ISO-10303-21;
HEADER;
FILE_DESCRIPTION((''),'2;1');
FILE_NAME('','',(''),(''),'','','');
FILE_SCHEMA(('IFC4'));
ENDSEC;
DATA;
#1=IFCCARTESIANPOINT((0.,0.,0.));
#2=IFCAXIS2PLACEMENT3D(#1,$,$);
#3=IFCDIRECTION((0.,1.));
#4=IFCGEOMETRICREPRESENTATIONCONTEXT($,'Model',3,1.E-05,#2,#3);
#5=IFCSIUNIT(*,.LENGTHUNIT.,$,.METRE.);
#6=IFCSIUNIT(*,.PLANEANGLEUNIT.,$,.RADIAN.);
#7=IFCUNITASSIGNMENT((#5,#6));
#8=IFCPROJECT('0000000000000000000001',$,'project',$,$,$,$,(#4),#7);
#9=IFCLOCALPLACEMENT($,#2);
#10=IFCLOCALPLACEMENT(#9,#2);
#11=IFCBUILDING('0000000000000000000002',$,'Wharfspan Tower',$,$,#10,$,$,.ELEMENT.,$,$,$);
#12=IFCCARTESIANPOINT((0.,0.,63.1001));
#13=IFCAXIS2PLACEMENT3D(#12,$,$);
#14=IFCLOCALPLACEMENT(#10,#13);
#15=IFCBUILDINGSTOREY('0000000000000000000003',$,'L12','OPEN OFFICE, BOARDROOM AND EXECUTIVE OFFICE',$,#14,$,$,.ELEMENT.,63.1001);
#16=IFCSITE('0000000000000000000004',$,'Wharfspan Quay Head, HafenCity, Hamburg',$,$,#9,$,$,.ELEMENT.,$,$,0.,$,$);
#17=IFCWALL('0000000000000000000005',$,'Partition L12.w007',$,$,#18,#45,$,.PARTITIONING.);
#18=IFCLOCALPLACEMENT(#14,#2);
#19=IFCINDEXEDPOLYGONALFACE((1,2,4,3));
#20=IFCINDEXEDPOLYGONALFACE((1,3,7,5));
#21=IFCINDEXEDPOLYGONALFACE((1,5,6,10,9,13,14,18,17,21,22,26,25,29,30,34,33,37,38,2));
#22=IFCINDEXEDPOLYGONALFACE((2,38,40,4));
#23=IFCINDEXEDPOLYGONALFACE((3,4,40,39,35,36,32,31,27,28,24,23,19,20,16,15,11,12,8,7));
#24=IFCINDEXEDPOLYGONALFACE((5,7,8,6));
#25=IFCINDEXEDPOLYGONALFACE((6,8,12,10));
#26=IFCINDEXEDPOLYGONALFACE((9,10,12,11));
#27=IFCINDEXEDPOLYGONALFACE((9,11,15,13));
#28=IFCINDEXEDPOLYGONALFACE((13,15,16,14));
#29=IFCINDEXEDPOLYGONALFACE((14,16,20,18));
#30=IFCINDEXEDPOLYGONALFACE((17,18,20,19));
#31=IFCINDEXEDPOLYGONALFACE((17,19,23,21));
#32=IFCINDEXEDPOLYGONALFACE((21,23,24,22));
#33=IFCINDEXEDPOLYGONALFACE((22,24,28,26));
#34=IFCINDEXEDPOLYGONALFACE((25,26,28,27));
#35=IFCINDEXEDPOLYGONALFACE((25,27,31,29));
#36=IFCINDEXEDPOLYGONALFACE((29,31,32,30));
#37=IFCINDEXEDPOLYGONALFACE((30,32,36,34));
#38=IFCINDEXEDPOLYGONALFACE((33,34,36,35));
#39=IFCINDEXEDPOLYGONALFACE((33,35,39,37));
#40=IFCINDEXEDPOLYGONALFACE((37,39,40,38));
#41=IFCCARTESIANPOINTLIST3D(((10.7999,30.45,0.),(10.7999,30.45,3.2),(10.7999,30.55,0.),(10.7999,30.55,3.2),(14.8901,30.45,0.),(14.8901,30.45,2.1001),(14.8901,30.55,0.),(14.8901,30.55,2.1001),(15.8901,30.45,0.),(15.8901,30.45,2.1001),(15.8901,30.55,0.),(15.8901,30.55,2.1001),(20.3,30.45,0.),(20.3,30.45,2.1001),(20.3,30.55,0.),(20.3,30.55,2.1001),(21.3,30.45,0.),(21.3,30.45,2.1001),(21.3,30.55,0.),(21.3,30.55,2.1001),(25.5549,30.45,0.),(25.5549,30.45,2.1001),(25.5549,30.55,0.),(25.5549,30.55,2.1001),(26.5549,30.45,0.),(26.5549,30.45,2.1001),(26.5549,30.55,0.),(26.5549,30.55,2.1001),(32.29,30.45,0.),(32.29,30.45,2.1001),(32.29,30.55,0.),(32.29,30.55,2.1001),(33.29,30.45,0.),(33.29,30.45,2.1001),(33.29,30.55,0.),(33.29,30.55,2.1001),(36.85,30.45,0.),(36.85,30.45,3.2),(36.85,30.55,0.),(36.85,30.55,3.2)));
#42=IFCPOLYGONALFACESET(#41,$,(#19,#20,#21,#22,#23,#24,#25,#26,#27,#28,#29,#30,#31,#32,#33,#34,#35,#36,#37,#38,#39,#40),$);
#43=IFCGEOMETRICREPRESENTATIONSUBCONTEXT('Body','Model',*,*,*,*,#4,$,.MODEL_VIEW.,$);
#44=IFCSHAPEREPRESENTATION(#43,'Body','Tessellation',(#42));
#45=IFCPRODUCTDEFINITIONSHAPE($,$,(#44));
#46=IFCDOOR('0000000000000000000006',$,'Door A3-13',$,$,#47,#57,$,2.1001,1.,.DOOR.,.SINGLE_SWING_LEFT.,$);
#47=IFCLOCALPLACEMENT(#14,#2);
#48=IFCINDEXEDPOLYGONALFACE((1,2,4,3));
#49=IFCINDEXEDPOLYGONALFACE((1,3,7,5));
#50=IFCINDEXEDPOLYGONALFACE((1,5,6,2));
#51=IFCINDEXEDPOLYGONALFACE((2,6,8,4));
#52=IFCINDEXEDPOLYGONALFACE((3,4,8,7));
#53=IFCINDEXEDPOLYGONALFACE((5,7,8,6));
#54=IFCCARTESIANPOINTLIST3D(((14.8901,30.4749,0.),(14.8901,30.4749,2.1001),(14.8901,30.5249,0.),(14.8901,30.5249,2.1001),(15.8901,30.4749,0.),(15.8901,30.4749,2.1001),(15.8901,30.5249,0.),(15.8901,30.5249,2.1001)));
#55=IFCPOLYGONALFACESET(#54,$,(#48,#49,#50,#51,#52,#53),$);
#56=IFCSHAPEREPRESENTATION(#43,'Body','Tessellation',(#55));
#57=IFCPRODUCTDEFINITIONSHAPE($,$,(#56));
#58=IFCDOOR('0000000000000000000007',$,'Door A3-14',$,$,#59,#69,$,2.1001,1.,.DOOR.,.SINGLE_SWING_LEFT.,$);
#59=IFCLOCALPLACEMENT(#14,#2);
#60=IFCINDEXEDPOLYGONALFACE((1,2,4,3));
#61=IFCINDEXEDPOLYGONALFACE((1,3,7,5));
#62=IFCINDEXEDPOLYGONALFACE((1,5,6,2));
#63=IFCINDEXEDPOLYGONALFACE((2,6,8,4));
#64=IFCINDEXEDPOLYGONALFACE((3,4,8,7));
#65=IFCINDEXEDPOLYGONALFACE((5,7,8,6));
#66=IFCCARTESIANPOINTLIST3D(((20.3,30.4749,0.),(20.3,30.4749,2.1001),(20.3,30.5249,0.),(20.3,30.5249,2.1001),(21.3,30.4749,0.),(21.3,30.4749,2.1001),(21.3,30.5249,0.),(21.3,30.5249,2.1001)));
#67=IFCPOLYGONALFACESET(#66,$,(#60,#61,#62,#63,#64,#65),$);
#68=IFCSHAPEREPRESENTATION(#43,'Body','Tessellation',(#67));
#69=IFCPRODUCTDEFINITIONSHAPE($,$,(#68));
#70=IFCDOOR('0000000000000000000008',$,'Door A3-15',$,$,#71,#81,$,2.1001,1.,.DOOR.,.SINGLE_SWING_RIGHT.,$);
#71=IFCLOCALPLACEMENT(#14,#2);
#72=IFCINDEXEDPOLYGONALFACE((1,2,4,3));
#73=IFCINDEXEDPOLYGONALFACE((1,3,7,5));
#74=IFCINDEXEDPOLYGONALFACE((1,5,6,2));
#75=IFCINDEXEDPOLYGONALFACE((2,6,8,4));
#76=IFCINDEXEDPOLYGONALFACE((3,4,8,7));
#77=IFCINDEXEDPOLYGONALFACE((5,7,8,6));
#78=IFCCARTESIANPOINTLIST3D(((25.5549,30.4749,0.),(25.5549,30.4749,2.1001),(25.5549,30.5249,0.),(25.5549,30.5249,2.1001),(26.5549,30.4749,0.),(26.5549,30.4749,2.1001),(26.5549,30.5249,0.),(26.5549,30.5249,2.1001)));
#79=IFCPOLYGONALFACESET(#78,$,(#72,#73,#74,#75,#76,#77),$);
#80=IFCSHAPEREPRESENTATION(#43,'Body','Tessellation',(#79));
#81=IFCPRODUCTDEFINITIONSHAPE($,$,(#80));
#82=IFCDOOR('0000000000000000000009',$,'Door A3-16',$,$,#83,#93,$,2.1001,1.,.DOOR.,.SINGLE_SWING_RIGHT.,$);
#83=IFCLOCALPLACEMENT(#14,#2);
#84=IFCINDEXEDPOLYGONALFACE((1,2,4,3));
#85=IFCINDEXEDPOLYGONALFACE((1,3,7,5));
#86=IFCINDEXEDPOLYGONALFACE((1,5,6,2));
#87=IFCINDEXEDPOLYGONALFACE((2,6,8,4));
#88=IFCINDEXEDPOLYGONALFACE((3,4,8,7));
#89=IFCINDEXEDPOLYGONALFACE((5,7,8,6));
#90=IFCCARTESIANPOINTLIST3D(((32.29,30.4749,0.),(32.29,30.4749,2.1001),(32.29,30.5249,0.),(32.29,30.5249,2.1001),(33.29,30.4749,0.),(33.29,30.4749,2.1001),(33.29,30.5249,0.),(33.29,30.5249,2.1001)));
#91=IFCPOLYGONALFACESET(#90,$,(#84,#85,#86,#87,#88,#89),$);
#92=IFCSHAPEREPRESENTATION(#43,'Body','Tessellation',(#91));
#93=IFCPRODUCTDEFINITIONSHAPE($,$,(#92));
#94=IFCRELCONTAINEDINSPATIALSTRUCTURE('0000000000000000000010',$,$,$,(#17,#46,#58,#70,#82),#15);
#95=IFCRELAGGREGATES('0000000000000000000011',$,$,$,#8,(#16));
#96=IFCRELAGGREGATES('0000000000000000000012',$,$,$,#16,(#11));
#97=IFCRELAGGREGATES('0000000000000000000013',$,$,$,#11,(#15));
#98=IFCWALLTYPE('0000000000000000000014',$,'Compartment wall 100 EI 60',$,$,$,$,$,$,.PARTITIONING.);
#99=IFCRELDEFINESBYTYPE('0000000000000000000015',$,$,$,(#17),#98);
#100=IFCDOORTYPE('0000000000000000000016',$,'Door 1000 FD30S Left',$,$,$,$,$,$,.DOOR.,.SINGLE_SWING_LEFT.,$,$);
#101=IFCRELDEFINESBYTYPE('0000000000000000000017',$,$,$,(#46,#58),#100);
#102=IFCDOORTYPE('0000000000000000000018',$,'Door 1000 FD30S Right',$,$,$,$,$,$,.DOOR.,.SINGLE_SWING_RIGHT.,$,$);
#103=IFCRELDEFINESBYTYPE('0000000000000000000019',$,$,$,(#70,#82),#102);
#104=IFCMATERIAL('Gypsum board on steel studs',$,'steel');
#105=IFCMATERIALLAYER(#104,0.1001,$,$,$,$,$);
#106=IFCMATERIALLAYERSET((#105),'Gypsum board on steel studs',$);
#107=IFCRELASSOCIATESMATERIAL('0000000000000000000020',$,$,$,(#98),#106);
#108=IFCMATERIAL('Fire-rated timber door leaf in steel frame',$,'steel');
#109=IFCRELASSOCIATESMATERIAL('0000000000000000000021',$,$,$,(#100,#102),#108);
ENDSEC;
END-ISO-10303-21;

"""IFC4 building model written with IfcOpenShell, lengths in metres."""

from ifc_helpers import new_model, si_unit, direction, frame, frame_2d, origin, place, context, subcontext, project, spatial, rectangle, extrude, material, layer, layer_set, type_object, element, fill, save


model = new_model("IFC4")

# Units and contexts
model_context = context("Model", 3, precision=1e-05, world=origin(), true_north=direction((0.0, 1.0)))
body_context = subcontext(model_context, "Body", "Model", "MODEL_VIEW")
ifc_project = project(units=[si_unit("LENGTHUNIT", "METRE"), si_unit("PLANEANGLEUNIT", "RADIAN")], contexts=[model_context])

# Site, building, storey
site_placement = place(None, origin())
site = spatial("IfcSite", under=ifc_project, at=site_placement, Name="Wharfspan Quay Head, HafenCity, Hamburg", CompositionType="ELEMENT", RefElevation=0.0)
building_placement = place(site_placement, origin())
building = spatial("IfcBuilding", under=site, at=building_placement, Name="Wharfspan Tower", CompositionType="ELEMENT")
storey_placement = place(building_placement, frame((0.0, 0.0, 63.1001)))
storey = spatial("IfcBuildingStorey", under=building, at=storey_placement, Name="L12", Description="OPEN OFFICE, BOARDROOM AND EXECUTIVE OFFICE", CompositionType="ELEMENT", Elevation=63.1001)

# Wall, openings, doors
ifc_material_1 = material(Name="Gypsum board on steel studs", Category="steel")
ifc_layer_1 = layer(ifc_material_1, 0.1001)
ifc_layer_set_1 = layer_set([ifc_layer_1], Name="Gypsum board on steel studs")
wall_type_1 = type_object("IfcWallType", Name="Compartment wall 100 EI 60", PredefinedType="PARTITIONING", material=ifc_layer_set_1)
wall_1_placement = place(storey_placement, frame((10.8, 30.5, 0.0), z_axis=(0.0, 0.0, 1.0), x_axis=(1.0, 0.0, 0.0)))
wall_1 = element("IfcWall", 1, at=wall_1_placement, inside=storey, type_object=wall_type_1, Name="Partition L12.w007", PredefinedType="PARTITIONING", context=body_context, shape_type="SweptSolid", body=[
    extrude(rectangle(XDim=26.05, YDim=0.1001, at=frame_2d((13.0249, 0.0))), origin(), (0.0, 0.0, 1.0), 3.2),
])
opening_1_placement = place(wall_1_placement, frame((4.0901, 0.0, 0.0)))
opening_1 = element("IfcOpeningElement", 2, at=opening_1_placement, cuts=wall_1, PredefinedType="OPENING", context=body_context, shape_type="SweptSolid", body=[
    extrude(rectangle(XDim=1.0, YDim=2.1001, at=frame_2d((0.5, 1.05))), frame((0.0, 0.0601, 0.0), z_axis=(0.0, -1.0, 0.0), x_axis=(1.0, 0.0, 0.0)), (0.0, 0.0, 1.0), 0.1201),
])
opening_2_placement = place(wall_1_placement, frame((9.5, 0.0, 0.0)))
opening_2 = element("IfcOpeningElement", 3, at=opening_2_placement, cuts=wall_1, PredefinedType="OPENING", context=body_context, shape_type="SweptSolid", body=[
    extrude(rectangle(XDim=1.0, YDim=2.1001, at=frame_2d((0.5, 1.05))), frame((0.0, 0.0601, 0.0), z_axis=(0.0, -1.0, 0.0), x_axis=(1.0, 0.0, 0.0)), (0.0, 0.0, 1.0), 0.1201),
])
opening_3_placement = place(wall_1_placement, frame((14.7549, 0.0, 0.0)))
opening_3 = element("IfcOpeningElement", 4, at=opening_3_placement, cuts=wall_1, PredefinedType="OPENING", context=body_context, shape_type="SweptSolid", body=[
    extrude(rectangle(XDim=1.0, YDim=2.1001, at=frame_2d((0.5, 1.05))), frame((0.0, 0.0601, 0.0), z_axis=(0.0, -1.0, 0.0), x_axis=(1.0, 0.0, 0.0)), (0.0, 0.0, 1.0), 0.1201),
])
opening_4_placement = place(wall_1_placement, frame((21.49, 0.0, 0.0)))
opening_4 = element("IfcOpeningElement", 5, at=opening_4_placement, cuts=wall_1, PredefinedType="OPENING", context=body_context, shape_type="SweptSolid", body=[
    extrude(rectangle(XDim=1.0, YDim=2.1001, at=frame_2d((0.5, 1.05))), frame((0.0, 0.0601, 0.0), z_axis=(0.0, -1.0, 0.0), x_axis=(1.0, 0.0, 0.0)), (0.0, 0.0, 1.0), 0.1201),
])
ifc_material_2 = material(Name="Fire-rated timber door leaf in steel frame", Category="steel")
door_type_1 = type_object("IfcDoorType", Name="Door 1000 FD30S Left", OperationType="SINGLE_SWING_LEFT", PredefinedType="DOOR", material=ifc_material_2)
door_1_placement = place(opening_1_placement, origin())
door_1 = element("IfcDoor", 6, at=door_1_placement, inside=storey, type_object=door_type_1, Name="Door A3-13", OperationType="SINGLE_SWING_LEFT", OverallHeight=2.1001, OverallWidth=1.0, PredefinedType="DOOR", context=body_context, shape_type="SweptSolid", body=[
    extrude(rectangle(XDim=1.0, YDim=2.1001, at=frame_2d((0.5, 1.05))), frame((0.0, 0.0249, 0.0), z_axis=(0.0, -1.0, 0.0), x_axis=(1.0, 0.0, 0.0)), (0.0, 0.0, 1.0), 0.05),
])
fill(opening_1, door_1)
door_2_placement = place(opening_2_placement, origin())
door_2 = element("IfcDoor", 7, at=door_2_placement, inside=storey, type_object=door_type_1, Name="Door A3-14", OperationType="SINGLE_SWING_LEFT", OverallHeight=2.1001, OverallWidth=1.0, PredefinedType="DOOR", context=body_context, shape_type="SweptSolid", body=[
    extrude(rectangle(XDim=1.0, YDim=2.1001, at=frame_2d((0.5, 1.05))), frame((0.0, 0.0249, 0.0), z_axis=(0.0, -1.0, 0.0), x_axis=(1.0, 0.0, 0.0)), (0.0, 0.0, 1.0), 0.05),
])
fill(opening_2, door_2)
door_type_2 = type_object("IfcDoorType", Name="Door 1000 FD30S Right", OperationType="SINGLE_SWING_RIGHT", PredefinedType="DOOR", material=ifc_material_2)
door_3_placement = place(opening_3_placement, origin())
door_3 = element("IfcDoor", 8, at=door_3_placement, inside=storey, type_object=door_type_2, Name="Door A3-15", OperationType="SINGLE_SWING_RIGHT", OverallHeight=2.1001, OverallWidth=1.0, PredefinedType="DOOR", context=body_context, shape_type="SweptSolid", body=[
    extrude(rectangle(XDim=1.0, YDim=2.1001, at=frame_2d((0.5, 1.05))), frame((0.0, 0.0249, 0.0), z_axis=(0.0, -1.0, 0.0), x_axis=(1.0, 0.0, 0.0)), (0.0, 0.0, 1.0), 0.05),
])
fill(opening_3, door_3)
door_4_placement = place(opening_4_placement, origin())
door_4 = element("IfcDoor", 9, at=door_4_placement, inside=storey, type_object=door_type_2, Name="Door A3-16", OperationType="SINGLE_SWING_RIGHT", OverallHeight=2.1001, OverallWidth=1.0, PredefinedType="DOOR", context=body_context, shape_type="SweptSolid", body=[
    extrude(rectangle(XDim=1.0, YDim=2.1001, at=frame_2d((0.5, 1.05))), frame((0.0, 0.0249, 0.0), z_axis=(0.0, -1.0, 0.0), x_axis=(1.0, 0.0, 0.0)), (0.0, 0.0, 1.0), 0.05),
])
fill(opening_4, door_4)

save(model, "model.ifc")
